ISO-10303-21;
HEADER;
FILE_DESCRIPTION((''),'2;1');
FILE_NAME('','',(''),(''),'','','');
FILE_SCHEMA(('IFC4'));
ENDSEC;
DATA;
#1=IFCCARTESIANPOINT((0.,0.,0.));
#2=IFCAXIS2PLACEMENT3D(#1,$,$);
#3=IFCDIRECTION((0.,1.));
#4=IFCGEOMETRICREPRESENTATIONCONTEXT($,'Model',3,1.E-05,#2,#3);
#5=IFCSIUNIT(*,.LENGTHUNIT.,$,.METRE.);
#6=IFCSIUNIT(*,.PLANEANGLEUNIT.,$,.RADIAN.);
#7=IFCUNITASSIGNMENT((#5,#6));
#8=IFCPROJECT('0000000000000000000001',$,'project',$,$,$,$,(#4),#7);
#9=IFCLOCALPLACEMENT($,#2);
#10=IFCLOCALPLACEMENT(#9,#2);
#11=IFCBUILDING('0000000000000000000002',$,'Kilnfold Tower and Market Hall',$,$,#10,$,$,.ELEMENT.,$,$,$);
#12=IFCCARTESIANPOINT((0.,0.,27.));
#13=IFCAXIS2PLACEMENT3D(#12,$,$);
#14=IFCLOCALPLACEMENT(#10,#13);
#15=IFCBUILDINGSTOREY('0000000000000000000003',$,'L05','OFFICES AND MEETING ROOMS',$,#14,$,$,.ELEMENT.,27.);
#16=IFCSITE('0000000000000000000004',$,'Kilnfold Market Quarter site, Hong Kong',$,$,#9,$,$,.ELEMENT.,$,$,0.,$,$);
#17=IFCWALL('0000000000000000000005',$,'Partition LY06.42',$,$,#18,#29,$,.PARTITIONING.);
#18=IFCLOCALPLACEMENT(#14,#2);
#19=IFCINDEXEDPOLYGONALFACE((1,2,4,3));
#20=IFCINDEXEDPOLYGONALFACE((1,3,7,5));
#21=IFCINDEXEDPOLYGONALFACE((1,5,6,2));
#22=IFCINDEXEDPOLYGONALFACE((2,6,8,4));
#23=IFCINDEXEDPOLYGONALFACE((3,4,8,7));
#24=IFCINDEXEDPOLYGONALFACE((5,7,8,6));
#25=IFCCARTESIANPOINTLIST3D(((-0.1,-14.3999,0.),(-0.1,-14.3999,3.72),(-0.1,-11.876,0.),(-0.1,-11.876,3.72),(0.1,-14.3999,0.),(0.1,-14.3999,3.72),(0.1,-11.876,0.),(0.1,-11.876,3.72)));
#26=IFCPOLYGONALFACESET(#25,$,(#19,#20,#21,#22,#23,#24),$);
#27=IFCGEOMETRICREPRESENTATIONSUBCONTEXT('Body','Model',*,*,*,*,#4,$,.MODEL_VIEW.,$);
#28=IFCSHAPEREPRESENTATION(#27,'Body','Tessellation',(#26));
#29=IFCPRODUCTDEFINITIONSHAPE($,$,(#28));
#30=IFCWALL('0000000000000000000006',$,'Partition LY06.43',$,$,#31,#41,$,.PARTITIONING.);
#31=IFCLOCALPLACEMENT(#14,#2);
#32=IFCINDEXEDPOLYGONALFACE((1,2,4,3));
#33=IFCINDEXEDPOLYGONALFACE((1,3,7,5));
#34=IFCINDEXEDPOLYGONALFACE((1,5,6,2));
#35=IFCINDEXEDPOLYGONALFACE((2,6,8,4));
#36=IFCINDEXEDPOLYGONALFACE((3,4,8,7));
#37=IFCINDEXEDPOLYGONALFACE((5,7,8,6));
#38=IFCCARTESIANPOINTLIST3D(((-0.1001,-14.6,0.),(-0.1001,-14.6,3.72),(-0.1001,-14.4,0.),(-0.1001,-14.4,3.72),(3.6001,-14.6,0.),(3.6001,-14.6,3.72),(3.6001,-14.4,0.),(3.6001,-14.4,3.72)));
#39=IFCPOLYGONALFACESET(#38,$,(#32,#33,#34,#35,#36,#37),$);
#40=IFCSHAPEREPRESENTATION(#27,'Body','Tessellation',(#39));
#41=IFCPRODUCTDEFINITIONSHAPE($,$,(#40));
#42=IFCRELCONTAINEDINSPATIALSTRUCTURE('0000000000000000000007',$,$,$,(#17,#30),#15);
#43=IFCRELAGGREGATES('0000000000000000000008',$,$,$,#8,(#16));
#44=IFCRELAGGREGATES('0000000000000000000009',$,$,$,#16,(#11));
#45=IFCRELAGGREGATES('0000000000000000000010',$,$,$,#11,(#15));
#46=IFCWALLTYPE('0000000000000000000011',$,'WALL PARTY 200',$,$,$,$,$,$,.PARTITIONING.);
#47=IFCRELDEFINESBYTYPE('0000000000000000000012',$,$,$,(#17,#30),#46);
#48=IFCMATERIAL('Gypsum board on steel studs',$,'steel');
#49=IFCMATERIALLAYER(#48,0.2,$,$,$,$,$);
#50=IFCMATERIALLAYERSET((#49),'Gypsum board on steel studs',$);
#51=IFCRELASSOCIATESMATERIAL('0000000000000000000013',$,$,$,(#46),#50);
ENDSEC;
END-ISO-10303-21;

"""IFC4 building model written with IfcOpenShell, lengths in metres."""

from ifc_helpers import new_model, si_unit, direction, frame, frame_2d, origin, place, context, subcontext, project, spatial, rectangle, extrude, material, layer, layer_set, type_object, element, save


model = new_model("IFC4")

# Units and contexts
model_context = context("Model", 3, precision=1e-05, world=origin(), true_north=direction((0.0, 1.0)))
body_context = subcontext(model_context, "Body", "Model", "MODEL_VIEW")
ifc_project = project(units=[si_unit("LENGTHUNIT", "METRE"), si_unit("PLANEANGLEUNIT", "RADIAN")], contexts=[model_context])

# Site, building, storey
site_placement = place(None, origin())
site = spatial("IfcSite", under=ifc_project, at=site_placement, Name="Kilnfold Market Quarter site, Hong Kong", CompositionType="ELEMENT", RefElevation=0.0)
building_placement = place(site_placement, origin())
building = spatial("IfcBuilding", under=site, at=building_placement, Name="Kilnfold Tower and Market Hall", CompositionType="ELEMENT")
storey_placement = place(building_placement, frame((0.0, 0.0, 27.0)))
storey = spatial("IfcBuildingStorey", under=building, at=storey_placement, Name="L05", Description="OFFICES AND MEETING ROOMS", CompositionType="ELEMENT", Elevation=27.0)

# Walls
ifc_material_1 = material(Name="Gypsum board on steel studs", Category="steel")
ifc_layer_1 = layer(ifc_material_1, 0.2)
ifc_layer_set_1 = layer_set([ifc_layer_1], Name="Gypsum board on steel studs")
wall_type_1 = type_object("IfcWallType", Name="WALL PARTY 200", PredefinedType="PARTITIONING", material=ifc_layer_set_1)
wall_1_placement = place(storey_placement, frame((0.0, -14.3999, 0.0), z_axis=(0.0, 0.0, 1.0), x_axis=(0.0, 1.0, 0.0)))
element("IfcWall", 1, at=wall_1_placement, inside=storey, type_object=wall_type_1, Name="Partition LY06.42", PredefinedType="PARTITIONING", context=body_context, shape_type="SweptSolid", body=[
    extrude(rectangle(XDim=2.5239, YDim=0.2, at=frame_2d((1.262, 0.0))), origin(), (0.0, 0.0, 1.0), 3.72),
])
wall_2_placement = place(storey_placement, frame((-0.1001, -14.5, 0.0), z_axis=(0.0, 0.0, 1.0), x_axis=(1.0, 0.0, 0.0)))
element("IfcWall", 2, at=wall_2_placement, inside=storey, type_object=wall_type_1, Name="Partition LY06.43", PredefinedType="PARTITIONING", context=body_context, shape_type="SweptSolid", body=[
    extrude(rectangle(XDim=3.7002, YDim=0.2, at=frame_2d((1.8501, 0.0))), origin(), (0.0, 0.0, 1.0), 3.72),
])

save(model, "model.ifc")
